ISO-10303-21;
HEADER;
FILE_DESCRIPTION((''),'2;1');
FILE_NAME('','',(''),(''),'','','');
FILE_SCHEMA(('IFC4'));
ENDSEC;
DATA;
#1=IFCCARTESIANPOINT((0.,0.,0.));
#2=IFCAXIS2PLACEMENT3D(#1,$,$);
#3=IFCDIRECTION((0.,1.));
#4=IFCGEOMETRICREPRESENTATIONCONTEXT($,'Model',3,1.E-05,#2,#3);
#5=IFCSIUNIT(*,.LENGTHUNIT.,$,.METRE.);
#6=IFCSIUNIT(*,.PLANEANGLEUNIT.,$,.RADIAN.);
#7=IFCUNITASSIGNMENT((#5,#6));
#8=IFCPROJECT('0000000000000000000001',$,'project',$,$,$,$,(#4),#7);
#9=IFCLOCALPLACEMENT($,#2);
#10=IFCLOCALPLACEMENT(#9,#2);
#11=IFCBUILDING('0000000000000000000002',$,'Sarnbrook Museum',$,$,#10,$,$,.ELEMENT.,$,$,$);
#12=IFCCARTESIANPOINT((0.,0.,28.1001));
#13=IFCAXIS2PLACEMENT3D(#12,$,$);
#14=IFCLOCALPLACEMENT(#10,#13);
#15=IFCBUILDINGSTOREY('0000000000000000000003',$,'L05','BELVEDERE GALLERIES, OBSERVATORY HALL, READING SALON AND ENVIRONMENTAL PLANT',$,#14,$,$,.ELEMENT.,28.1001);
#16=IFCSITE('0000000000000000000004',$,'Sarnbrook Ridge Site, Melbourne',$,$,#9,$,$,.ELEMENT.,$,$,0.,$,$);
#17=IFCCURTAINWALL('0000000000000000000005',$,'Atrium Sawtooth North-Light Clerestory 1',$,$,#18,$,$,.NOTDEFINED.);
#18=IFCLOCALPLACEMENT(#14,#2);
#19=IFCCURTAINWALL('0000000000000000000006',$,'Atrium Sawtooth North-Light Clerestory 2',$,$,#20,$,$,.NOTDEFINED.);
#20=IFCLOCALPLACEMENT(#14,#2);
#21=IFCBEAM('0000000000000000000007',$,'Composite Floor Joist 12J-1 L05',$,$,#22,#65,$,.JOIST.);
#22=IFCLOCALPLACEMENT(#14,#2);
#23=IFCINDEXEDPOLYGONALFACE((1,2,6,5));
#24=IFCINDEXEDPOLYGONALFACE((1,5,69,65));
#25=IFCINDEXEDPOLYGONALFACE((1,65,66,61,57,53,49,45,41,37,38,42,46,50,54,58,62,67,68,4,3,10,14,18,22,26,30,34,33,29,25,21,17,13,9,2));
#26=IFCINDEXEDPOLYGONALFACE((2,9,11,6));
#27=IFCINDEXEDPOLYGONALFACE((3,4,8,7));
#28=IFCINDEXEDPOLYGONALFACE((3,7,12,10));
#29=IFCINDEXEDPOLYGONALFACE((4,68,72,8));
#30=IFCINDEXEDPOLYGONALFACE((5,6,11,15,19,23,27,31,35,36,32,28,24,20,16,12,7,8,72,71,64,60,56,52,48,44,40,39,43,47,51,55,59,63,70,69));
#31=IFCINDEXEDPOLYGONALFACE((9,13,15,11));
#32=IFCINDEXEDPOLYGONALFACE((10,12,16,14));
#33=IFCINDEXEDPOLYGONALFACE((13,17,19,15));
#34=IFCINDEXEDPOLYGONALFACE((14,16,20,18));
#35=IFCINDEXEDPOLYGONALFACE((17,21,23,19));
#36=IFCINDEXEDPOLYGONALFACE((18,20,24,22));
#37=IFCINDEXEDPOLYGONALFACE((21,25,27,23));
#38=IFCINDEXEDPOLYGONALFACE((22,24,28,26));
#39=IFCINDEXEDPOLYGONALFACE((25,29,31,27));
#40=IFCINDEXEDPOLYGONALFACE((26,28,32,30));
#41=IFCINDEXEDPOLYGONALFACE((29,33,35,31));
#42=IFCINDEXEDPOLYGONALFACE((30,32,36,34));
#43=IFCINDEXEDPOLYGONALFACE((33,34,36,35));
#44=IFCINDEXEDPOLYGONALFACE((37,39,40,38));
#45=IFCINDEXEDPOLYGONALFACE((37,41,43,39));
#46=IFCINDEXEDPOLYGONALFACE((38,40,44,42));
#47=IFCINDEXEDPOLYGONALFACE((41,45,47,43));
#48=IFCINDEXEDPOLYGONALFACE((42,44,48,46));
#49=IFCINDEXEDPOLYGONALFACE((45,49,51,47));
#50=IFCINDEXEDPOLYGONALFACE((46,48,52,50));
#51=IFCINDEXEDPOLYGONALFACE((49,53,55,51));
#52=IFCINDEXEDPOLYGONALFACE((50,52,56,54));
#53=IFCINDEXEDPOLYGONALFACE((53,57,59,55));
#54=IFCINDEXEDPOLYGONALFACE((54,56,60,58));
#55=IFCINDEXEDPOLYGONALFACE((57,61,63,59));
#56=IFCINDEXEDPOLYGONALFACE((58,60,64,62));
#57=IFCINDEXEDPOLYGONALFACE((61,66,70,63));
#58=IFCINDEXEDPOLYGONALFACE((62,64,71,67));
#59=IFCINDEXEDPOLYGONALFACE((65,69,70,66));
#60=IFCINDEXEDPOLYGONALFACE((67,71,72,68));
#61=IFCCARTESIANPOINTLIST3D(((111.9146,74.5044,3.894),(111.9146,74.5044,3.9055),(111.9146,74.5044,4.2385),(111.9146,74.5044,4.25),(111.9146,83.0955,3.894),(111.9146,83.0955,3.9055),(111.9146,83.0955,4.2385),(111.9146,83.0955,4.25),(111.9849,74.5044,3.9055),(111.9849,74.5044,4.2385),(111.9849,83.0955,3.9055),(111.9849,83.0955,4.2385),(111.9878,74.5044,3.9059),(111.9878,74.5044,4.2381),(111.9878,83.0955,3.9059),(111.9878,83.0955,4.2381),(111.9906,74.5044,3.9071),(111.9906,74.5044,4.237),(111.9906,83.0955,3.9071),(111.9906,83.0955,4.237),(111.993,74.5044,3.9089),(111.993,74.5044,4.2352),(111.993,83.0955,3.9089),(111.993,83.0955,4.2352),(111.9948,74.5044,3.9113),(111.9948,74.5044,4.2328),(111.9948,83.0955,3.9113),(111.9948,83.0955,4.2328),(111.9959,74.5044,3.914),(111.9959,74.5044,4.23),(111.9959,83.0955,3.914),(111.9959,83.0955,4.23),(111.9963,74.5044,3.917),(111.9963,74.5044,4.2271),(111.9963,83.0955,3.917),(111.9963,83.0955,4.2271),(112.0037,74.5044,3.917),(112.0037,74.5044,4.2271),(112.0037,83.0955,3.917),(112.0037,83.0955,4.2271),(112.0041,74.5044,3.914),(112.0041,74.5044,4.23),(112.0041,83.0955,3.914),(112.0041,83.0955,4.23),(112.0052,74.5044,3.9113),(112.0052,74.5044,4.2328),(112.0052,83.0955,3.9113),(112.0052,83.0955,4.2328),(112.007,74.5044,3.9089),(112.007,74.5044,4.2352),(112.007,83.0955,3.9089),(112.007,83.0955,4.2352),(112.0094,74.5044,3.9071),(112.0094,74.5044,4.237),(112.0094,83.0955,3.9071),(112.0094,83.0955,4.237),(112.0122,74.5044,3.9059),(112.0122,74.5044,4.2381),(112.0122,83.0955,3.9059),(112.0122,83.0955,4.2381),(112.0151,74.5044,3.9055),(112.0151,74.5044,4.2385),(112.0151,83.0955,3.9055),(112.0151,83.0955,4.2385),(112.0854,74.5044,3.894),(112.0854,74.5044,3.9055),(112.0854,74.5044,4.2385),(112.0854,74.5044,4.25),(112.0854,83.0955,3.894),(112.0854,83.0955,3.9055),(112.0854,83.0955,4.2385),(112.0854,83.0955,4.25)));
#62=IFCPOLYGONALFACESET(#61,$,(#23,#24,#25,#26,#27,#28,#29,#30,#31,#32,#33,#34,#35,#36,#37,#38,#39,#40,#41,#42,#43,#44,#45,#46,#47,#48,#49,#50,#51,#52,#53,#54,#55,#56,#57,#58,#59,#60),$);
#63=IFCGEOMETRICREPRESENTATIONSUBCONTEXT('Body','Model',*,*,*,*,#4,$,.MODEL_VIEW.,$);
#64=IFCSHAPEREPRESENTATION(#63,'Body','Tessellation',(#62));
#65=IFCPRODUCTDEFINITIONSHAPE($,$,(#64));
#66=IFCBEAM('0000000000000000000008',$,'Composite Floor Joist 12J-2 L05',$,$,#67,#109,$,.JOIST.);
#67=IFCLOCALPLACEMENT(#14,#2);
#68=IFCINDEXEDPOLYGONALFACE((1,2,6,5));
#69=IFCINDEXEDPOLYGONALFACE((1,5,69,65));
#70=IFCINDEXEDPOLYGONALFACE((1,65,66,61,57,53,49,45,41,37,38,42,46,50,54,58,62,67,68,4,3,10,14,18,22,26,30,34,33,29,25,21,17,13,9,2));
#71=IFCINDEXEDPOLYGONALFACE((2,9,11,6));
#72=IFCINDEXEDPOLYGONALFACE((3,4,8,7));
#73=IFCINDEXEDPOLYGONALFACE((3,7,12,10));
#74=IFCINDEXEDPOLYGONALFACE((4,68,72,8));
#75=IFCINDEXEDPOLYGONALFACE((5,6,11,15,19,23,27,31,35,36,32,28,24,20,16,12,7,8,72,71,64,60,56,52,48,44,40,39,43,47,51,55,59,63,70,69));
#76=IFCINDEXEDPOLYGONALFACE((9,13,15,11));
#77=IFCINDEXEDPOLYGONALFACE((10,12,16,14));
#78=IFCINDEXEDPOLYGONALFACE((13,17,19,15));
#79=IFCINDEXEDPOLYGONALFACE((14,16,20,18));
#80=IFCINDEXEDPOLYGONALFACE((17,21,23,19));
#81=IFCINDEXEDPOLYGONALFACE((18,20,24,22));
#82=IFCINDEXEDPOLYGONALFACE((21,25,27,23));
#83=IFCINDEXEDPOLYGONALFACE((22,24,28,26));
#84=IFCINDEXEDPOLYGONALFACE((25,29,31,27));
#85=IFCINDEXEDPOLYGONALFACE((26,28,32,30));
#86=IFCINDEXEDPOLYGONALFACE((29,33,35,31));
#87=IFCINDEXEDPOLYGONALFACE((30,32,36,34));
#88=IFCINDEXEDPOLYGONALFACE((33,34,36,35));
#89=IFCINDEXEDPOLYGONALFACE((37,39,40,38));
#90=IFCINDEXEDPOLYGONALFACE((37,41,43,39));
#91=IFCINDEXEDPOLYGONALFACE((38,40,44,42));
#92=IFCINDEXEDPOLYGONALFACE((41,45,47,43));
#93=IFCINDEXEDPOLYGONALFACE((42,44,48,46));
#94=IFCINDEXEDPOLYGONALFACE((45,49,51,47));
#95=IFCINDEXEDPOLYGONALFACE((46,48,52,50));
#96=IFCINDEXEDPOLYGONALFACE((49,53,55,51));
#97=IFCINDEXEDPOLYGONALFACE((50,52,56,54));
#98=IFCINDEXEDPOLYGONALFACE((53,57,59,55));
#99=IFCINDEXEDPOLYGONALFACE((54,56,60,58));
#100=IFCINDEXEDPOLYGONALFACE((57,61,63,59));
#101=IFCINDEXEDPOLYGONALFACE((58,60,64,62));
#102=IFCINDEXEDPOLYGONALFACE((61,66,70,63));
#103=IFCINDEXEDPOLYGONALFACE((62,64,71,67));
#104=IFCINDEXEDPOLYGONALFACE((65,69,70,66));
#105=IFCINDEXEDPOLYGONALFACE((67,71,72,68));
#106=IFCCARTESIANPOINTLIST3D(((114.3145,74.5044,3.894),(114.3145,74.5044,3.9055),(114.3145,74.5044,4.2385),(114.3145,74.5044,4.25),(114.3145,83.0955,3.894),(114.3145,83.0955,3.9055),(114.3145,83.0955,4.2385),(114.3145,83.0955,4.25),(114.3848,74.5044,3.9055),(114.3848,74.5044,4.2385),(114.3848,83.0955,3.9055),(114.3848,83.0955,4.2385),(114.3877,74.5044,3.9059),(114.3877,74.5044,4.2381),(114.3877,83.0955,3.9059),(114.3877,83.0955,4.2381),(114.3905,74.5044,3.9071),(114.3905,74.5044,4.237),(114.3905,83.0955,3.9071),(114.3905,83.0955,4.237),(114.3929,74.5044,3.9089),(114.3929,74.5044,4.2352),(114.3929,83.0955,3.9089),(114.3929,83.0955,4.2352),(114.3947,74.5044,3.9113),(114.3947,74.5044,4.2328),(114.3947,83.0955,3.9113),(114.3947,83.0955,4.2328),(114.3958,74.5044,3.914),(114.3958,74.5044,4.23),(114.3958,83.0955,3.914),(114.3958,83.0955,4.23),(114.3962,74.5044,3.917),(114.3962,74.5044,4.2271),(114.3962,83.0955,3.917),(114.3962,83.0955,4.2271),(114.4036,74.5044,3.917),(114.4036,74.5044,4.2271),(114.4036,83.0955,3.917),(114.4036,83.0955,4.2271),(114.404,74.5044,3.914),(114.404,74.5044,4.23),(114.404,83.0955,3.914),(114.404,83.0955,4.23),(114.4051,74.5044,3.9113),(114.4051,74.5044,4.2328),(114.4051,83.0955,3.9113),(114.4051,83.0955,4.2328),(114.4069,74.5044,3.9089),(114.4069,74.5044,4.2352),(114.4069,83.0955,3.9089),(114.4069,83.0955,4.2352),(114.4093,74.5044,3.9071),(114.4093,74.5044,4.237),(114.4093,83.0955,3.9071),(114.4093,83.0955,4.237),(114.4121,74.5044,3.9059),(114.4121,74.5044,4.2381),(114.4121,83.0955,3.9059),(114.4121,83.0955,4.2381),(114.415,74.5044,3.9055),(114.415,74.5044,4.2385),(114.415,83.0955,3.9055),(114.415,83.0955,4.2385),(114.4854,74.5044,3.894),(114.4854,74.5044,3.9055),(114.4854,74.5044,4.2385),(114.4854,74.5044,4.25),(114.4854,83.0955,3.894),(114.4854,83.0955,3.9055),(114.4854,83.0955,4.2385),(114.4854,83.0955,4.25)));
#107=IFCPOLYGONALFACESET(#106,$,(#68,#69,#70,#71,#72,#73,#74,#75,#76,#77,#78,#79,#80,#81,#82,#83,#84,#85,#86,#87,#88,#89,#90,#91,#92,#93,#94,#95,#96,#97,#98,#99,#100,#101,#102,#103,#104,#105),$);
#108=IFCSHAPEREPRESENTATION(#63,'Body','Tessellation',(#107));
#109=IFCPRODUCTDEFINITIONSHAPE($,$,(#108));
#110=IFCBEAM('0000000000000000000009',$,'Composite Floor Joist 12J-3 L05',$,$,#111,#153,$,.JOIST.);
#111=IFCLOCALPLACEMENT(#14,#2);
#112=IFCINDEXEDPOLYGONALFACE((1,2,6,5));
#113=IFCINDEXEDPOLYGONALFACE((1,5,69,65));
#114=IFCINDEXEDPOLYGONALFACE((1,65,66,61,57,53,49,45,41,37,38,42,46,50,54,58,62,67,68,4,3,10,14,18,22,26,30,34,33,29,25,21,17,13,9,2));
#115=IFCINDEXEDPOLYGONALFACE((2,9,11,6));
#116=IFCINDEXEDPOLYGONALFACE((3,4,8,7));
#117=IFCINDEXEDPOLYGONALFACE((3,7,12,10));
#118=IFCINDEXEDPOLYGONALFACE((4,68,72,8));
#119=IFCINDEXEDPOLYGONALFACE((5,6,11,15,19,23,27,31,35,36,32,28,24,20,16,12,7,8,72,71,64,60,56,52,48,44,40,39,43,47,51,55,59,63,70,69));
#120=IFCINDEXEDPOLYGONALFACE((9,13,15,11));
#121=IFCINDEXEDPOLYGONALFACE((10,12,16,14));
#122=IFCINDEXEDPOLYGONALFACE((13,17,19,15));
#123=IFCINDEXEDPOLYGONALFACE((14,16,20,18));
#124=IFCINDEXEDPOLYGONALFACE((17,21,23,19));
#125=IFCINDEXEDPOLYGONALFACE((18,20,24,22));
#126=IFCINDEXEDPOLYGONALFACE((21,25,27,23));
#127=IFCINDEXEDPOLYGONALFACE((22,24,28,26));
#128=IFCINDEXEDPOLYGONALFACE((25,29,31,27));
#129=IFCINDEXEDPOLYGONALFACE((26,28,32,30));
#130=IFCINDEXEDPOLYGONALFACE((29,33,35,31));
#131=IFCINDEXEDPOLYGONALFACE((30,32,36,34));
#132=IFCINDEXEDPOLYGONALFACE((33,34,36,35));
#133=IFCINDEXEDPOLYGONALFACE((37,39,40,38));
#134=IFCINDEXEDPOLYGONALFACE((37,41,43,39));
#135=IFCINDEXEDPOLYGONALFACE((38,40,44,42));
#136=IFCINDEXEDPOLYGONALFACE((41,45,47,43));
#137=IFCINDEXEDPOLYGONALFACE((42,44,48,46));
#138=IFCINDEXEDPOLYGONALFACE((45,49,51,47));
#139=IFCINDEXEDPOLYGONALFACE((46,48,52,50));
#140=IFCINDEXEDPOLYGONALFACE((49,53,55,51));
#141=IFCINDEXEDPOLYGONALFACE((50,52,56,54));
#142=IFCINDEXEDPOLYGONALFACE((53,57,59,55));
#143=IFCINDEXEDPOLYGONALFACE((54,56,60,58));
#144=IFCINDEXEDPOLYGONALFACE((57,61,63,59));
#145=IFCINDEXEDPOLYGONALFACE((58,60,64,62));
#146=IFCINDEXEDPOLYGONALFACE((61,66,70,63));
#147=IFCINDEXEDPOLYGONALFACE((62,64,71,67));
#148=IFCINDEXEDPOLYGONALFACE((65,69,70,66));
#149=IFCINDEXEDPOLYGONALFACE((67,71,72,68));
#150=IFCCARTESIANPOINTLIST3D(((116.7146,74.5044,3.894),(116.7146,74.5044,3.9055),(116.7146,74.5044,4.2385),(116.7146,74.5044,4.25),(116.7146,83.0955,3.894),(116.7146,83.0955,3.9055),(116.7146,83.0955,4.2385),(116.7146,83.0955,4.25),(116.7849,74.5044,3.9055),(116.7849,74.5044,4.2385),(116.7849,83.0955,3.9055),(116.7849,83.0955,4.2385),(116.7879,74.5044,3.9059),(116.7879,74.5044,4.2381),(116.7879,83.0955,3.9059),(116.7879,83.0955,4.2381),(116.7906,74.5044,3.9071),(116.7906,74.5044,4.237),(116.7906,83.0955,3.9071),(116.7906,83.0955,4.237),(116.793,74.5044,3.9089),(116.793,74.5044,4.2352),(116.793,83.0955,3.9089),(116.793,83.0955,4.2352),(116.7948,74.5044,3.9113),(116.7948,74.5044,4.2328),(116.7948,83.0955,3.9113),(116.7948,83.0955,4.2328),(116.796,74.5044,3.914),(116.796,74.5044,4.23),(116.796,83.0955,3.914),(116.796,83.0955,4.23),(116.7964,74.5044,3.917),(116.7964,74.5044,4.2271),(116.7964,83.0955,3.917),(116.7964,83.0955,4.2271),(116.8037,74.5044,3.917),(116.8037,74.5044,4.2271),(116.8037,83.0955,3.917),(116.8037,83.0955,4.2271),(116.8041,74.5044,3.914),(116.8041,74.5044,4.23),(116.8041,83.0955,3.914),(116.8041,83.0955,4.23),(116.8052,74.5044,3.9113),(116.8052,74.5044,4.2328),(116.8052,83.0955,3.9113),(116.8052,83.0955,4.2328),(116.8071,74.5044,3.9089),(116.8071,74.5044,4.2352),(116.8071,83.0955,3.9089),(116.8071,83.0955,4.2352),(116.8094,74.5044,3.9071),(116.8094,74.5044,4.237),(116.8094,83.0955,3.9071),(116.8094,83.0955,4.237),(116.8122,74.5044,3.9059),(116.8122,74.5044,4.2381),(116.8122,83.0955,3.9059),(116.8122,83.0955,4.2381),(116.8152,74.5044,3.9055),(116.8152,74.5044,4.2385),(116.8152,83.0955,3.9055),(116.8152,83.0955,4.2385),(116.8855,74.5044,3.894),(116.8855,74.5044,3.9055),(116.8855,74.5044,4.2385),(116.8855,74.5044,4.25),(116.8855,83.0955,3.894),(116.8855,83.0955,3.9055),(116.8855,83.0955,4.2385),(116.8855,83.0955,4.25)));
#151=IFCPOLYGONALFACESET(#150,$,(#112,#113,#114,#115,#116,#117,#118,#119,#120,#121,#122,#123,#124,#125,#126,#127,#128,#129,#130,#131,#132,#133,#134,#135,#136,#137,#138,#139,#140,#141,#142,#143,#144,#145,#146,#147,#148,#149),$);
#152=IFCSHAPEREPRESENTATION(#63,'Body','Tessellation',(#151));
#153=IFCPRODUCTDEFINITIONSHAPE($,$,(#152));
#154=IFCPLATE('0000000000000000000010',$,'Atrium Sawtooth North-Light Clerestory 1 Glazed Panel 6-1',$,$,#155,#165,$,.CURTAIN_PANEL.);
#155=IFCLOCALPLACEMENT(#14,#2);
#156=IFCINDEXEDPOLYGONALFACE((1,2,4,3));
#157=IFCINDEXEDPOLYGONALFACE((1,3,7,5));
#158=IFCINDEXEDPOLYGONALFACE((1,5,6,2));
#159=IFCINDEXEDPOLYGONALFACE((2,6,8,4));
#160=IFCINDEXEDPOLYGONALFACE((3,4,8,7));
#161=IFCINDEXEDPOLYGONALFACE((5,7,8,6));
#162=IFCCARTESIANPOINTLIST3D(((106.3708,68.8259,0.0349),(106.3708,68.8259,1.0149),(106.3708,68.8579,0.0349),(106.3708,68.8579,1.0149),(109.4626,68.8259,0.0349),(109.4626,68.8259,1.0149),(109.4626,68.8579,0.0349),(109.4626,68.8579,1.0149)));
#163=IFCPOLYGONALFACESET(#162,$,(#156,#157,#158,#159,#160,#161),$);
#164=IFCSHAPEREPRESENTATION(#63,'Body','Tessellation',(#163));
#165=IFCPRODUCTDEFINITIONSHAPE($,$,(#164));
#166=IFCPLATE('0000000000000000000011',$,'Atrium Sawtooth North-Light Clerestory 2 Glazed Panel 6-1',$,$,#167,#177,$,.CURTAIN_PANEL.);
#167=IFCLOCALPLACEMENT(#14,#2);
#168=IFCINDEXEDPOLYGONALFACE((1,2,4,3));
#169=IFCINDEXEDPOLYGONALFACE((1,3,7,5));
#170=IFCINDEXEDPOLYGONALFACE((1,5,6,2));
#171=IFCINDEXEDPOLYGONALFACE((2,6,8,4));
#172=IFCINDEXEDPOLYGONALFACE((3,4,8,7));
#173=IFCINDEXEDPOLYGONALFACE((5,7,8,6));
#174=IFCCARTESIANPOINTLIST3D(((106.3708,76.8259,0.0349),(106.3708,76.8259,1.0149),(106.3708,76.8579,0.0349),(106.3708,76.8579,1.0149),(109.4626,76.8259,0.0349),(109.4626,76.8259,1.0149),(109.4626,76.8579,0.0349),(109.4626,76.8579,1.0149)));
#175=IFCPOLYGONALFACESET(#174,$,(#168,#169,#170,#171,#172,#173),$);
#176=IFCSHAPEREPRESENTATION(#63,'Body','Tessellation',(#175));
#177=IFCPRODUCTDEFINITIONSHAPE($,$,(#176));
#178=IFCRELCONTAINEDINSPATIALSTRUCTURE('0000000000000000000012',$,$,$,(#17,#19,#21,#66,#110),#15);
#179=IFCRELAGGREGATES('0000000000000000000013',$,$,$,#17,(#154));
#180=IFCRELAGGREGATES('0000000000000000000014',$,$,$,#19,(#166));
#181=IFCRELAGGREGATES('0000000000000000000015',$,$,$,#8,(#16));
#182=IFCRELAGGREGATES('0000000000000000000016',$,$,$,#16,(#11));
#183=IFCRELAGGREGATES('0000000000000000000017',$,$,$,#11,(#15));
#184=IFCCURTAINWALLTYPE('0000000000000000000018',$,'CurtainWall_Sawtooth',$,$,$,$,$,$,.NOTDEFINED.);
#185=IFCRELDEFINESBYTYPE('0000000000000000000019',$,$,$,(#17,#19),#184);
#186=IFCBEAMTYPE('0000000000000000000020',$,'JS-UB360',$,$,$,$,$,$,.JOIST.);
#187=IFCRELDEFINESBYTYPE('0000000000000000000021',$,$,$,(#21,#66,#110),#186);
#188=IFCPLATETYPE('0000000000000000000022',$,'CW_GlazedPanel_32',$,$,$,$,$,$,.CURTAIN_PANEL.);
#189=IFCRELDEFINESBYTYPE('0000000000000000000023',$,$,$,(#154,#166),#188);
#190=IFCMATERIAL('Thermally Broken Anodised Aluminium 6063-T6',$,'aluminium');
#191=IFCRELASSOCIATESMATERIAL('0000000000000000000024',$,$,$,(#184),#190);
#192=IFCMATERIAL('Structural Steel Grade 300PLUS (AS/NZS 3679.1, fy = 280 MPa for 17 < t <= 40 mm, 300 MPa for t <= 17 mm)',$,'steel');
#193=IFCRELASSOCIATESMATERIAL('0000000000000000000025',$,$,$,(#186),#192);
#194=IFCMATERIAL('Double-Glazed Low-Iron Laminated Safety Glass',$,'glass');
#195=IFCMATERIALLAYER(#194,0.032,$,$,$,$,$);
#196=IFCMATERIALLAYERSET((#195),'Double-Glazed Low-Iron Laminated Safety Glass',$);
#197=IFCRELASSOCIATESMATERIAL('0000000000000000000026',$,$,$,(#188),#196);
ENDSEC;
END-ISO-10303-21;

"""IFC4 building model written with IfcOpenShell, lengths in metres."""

from ifc_helpers import new_model, si_unit, direction, frame, origin, origin_2d, place, context, subcontext, project, spatial, rectangle, i_section, extrude, material, layer, layer_set, material_profile, profile_set, type_object, element, aggregate, save


model = new_model("IFC4")

# Units and contexts
model_context = context("Model", 3, precision=1e-05, world=origin(), true_north=direction((0.0, 1.0)))
body_context = subcontext(model_context, "Body", "Model", "MODEL_VIEW")
ifc_project = project(units=[si_unit("LENGTHUNIT", "METRE"), si_unit("PLANEANGLEUNIT", "RADIAN")], contexts=[model_context])

# Site, building, storey
site_placement = place(None, origin())
site = spatial("IfcSite", under=ifc_project, at=site_placement, Name="Sarnbrook Ridge Site, Melbourne", CompositionType="ELEMENT", RefElevation=0.0)
building_placement = place(site_placement, origin())
building = spatial("IfcBuilding", under=site, at=building_placement, Name="Sarnbrook Museum", CompositionType="ELEMENT")
storey_placement = place(building_placement, frame((0.0, 0.0, 28.1001)))
storey = spatial("IfcBuildingStorey", under=building, at=storey_placement, Name="L05", Description="BELVEDERE GALLERIES, OBSERVATORY HALL, READING SALON AND ENVIRONMENTAL PLANT", CompositionType="ELEMENT", Elevation=28.1001)

# Shared definitions
ifc_material_1 = material(Name="Structural Steel Grade 300PLUS (AS/NZS 3679.1, fy = 280 MPa for 17 < t <= 40 mm, 300 MPa for t <= 17 mm)", Category="steel")

# Curtain walls
ifc_material_2 = material(Name="Thermally Broken Anodised Aluminium 6063-T6", Category="aluminium")
curtain_wall_type = type_object("IfcCurtainWallType", Name="CurtainWall_Sawtooth", PredefinedType="NOTDEFINED", material=ifc_material_2)
curtain_wall_1_placement = place(storey_placement, origin())
curtain_wall_1 = element("IfcCurtainWall", 1, at=curtain_wall_1_placement, inside=storey, type_object=curtain_wall_type, Name="Atrium Sawtooth North-Light Clerestory 1", PredefinedType="NOTDEFINED")
curtain_wall_2_placement = place(storey_placement, origin())
curtain_wall_2 = element("IfcCurtainWall", 2, at=curtain_wall_2_placement, inside=storey, type_object=curtain_wall_type, Name="Atrium Sawtooth North-Light Clerestory 2", PredefinedType="NOTDEFINED")

# Beams
ifc_material_profile_1 = material_profile(ifc_material_1, i_section(OverallWidth=0.1709, OverallDepth=0.356, WebThickness=0.0073, FlangeThickness=0.0115, FilletRadius=0.0115, at=origin_2d()), Name="360UB50.7")
ifc_profile_set_1 = profile_set([ifc_material_profile_1], Name="Structural Steel Grade 300PLUS (AS/NZS 3679.1, fy = 280 MPa for 17 < t <= 40 mm, 300 MPa for t <= 17 mm)")
beam_type_1 = type_object("IfcBeamType", Name="JS-UB360", PredefinedType="JOIST", material=ifc_profile_set_1)
for number, where, z_axis, x_axis, name in (
    (3, (112.0, 74.5044, 4.072), (0.0, 1.0, 0.0), (-1.0, 0.0, 0.0), "Composite Floor Joist 12J-1 L05"),
    (4, (114.3999, 74.5044, 4.072), (0.0, 1.0, 0.0), (-1.0, 0.0, 0.0), "Composite Floor Joist 12J-2 L05"),
    (5, (116.8, 74.5044, 4.072), (0.0, 1.0, 0.0), (-1.0, 0.0, 0.0), "Composite Floor Joist 12J-3 L05"),
):
    element("IfcBeam", number, at=place(storey_placement, frame(where, z_axis=z_axis, x_axis=x_axis)), inside=storey, type_object=beam_type_1, Name=name, PredefinedType="JOIST", context=body_context, shape_type="SweptSolid", body=[
        extrude(i_section(OverallWidth=0.1709, OverallDepth=0.356, WebThickness=0.0073, FlangeThickness=0.0115, FilletRadius=0.0115, at=origin_2d()), origin(), (0.0, 0.0, 1.0), 8.5911),
    ])

# Plates
ifc_material_3 = material(Name="Double-Glazed Low-Iron Laminated Safety Glass", Category="glass")
ifc_layer_1 = layer(ifc_material_3, 0.032)
ifc_layer_set_1 = layer_set([ifc_layer_1], Name="Double-Glazed Low-Iron Laminated Safety Glass")
plate_type = type_object("IfcPlateType", Name="CW_GlazedPanel_32", PredefinedType="CURTAIN_PANEL", material=ifc_layer_set_1)
plate_1_placement = place(storey_placement, frame((107.9167, 68.8579, 0.5249), z_axis=(0.0, -1.0, 0.0), x_axis=(1.0, 0.0, 0.0)))
plate_1 = element("IfcPlate", 6, at=plate_1_placement, type_object=plate_type, Name="Atrium Sawtooth North-Light Clerestory 1 Glazed Panel 6-1", PredefinedType="CURTAIN_PANEL", context=body_context, shape_type="SweptSolid", body=[
    extrude(rectangle(XDim=3.0918, YDim=0.98, at=origin_2d()), origin(), (0.0, 0.0, 1.0), 0.032),
])
aggregate(curtain_wall_1, [plate_1])
plate_2_placement = place(storey_placement, frame((107.9167, 76.8579, 0.5249), z_axis=(0.0, -1.0, 0.0), x_axis=(1.0, 0.0, 0.0)))
plate_2 = element("IfcPlate", 7, at=plate_2_placement, type_object=plate_type, Name="Atrium Sawtooth North-Light Clerestory 2 Glazed Panel 6-1", PredefinedType="CURTAIN_PANEL", context=body_context, shape_type="SweptSolid", body=[
    extrude(rectangle(XDim=3.0918, YDim=0.98, at=origin_2d()), origin(), (0.0, 0.0, 1.0), 0.032),
])
aggregate(curtain_wall_2, [plate_2])

save(model, "model.ifc")
